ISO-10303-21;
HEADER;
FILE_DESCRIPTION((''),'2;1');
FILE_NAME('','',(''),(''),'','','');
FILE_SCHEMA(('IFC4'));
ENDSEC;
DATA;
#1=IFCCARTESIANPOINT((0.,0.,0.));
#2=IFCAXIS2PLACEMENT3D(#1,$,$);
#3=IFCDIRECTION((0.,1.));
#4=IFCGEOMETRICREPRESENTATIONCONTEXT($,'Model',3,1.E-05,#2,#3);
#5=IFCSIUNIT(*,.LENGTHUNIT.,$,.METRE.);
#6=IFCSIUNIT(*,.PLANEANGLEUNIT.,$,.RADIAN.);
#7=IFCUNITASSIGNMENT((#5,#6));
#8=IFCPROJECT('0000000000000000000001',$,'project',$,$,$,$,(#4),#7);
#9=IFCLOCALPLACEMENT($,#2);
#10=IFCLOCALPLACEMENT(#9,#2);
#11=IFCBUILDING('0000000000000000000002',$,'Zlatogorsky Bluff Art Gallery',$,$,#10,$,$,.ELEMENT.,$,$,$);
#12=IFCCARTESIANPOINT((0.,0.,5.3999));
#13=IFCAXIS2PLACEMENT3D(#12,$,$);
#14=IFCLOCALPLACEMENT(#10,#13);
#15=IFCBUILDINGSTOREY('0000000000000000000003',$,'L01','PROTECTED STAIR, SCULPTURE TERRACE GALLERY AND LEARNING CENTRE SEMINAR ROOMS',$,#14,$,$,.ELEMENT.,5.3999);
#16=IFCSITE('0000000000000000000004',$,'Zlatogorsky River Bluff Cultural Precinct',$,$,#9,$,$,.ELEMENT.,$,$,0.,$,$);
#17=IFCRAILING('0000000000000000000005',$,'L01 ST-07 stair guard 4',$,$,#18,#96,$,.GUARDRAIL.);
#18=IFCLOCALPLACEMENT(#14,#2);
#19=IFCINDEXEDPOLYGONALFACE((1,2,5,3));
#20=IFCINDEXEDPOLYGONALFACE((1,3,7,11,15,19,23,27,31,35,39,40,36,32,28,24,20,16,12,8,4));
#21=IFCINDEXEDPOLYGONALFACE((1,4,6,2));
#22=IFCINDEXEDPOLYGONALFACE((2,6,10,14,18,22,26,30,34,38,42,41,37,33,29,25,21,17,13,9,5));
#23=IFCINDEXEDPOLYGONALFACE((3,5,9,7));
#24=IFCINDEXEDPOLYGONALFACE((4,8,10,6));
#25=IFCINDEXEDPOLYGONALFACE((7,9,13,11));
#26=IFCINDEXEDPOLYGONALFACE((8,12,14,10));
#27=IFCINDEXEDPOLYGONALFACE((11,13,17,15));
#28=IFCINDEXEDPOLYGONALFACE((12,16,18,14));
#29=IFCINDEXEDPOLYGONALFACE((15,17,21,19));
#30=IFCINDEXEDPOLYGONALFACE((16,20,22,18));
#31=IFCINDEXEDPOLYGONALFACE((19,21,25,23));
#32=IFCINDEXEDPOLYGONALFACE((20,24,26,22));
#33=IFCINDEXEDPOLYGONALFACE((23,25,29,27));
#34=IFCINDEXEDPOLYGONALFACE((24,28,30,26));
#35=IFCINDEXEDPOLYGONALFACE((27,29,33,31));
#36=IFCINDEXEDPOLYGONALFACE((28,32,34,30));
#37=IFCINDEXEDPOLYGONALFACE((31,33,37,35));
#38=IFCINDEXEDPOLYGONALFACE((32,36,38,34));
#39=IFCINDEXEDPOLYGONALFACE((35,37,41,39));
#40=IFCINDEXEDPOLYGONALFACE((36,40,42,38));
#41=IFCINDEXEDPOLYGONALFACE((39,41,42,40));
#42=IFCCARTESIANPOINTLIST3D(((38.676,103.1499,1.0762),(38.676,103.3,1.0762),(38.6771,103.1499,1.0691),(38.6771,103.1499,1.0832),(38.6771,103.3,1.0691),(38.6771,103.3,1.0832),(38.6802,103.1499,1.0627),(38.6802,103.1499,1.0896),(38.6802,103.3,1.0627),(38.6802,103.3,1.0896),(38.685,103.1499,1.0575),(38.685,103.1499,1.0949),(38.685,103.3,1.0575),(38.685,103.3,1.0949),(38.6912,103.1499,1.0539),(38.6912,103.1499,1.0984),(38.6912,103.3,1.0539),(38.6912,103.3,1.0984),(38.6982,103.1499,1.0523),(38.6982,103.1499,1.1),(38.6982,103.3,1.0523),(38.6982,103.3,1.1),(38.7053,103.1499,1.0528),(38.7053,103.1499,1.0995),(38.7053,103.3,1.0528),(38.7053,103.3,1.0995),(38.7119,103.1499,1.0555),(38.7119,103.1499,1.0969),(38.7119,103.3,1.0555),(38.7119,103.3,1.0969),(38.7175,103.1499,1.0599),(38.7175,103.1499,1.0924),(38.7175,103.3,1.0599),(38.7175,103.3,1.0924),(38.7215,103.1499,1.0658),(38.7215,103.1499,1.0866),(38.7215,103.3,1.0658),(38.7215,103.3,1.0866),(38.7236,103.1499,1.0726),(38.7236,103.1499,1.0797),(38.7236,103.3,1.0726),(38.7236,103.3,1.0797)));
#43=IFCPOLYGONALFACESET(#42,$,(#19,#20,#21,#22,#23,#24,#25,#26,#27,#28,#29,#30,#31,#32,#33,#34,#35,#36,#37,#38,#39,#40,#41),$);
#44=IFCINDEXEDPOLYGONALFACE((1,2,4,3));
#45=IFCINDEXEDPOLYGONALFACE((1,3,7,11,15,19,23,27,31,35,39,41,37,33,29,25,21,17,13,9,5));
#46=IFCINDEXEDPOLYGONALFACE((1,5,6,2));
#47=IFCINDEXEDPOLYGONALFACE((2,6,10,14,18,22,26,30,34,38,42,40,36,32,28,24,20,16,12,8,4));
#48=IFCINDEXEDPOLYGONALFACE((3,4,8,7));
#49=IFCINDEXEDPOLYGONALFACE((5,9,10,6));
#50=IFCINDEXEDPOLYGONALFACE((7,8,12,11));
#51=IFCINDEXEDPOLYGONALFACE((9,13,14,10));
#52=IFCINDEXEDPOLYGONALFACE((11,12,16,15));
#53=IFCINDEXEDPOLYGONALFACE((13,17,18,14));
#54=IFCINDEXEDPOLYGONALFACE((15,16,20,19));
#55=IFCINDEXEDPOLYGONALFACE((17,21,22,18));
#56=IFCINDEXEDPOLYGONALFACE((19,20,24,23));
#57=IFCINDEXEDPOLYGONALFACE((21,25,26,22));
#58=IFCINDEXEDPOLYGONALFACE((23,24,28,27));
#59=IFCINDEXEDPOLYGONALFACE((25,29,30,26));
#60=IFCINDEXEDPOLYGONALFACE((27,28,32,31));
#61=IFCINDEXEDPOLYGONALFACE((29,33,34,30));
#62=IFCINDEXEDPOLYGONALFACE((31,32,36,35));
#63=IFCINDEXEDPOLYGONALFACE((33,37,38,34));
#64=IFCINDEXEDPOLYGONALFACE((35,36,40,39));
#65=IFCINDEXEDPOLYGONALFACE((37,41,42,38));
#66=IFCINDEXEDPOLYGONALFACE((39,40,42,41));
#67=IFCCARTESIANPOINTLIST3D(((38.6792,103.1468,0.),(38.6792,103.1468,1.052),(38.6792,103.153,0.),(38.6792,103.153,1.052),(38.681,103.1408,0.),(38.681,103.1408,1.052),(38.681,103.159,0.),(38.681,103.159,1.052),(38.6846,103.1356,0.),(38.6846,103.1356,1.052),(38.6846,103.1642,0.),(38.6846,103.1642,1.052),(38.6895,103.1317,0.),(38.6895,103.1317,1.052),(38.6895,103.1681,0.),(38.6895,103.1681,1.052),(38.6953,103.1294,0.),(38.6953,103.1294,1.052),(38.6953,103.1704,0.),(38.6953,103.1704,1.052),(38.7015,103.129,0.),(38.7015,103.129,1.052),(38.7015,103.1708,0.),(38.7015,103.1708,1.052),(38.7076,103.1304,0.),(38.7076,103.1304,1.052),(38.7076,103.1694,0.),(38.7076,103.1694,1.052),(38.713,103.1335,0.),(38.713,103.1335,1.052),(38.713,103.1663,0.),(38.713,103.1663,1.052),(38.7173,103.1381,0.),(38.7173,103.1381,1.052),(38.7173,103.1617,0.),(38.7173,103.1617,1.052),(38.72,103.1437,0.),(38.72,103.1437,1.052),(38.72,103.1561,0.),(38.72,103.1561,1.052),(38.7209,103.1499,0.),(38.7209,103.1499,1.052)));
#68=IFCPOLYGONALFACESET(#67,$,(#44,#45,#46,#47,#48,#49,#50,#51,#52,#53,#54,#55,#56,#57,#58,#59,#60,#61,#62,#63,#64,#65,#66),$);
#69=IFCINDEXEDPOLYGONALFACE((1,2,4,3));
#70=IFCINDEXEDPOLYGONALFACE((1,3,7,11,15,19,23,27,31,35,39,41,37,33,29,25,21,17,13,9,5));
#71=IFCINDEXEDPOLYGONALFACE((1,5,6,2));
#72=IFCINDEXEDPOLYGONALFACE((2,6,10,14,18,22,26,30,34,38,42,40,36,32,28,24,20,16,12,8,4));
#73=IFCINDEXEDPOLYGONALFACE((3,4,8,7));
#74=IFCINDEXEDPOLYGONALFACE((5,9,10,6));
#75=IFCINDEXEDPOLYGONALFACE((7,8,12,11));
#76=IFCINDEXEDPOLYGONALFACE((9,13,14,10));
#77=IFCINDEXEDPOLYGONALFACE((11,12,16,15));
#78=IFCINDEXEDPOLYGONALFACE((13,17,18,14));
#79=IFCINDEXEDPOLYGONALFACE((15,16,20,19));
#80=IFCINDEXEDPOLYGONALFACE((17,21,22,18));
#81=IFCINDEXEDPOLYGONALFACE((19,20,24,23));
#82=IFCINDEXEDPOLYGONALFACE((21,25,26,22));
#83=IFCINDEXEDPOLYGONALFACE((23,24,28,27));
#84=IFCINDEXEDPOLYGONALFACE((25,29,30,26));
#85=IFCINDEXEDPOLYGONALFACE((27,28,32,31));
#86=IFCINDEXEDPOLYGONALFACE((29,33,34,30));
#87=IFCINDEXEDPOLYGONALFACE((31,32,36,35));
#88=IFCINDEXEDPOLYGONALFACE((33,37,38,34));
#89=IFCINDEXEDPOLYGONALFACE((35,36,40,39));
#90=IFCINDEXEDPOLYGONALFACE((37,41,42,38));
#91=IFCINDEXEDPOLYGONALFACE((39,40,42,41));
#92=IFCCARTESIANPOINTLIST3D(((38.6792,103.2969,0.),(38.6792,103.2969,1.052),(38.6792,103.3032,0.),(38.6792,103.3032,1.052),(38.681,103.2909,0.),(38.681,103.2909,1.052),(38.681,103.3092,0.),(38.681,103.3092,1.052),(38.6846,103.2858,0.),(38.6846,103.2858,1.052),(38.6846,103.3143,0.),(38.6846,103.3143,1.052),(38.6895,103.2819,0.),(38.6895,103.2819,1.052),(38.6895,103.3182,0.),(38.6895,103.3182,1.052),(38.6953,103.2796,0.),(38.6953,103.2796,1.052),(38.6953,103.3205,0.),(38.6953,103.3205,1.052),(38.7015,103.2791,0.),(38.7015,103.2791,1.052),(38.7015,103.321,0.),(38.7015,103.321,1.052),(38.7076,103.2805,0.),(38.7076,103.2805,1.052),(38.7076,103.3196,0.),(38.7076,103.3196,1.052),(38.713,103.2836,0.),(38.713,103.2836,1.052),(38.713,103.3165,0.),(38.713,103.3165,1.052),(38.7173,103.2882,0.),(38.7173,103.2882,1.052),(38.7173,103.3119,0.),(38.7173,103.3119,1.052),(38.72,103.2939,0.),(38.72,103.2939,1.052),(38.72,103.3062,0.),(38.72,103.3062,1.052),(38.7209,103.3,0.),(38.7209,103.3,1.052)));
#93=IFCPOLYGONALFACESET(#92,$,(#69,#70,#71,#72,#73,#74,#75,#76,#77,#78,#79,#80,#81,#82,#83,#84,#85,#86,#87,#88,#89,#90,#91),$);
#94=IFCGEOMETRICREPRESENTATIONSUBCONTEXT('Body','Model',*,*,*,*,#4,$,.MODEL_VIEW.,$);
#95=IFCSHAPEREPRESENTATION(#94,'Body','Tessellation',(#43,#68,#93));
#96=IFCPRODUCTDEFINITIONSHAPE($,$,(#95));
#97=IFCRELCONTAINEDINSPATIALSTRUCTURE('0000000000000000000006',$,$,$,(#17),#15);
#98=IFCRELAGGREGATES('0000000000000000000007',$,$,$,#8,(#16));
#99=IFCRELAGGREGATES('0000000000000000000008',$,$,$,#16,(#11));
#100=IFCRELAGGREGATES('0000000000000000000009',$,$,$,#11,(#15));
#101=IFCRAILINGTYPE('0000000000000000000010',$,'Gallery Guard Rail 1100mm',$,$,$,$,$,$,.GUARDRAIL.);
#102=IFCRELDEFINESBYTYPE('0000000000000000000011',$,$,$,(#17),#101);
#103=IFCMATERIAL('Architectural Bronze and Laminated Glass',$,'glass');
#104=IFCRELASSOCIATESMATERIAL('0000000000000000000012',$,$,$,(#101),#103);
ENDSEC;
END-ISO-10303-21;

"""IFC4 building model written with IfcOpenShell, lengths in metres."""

from ifc_helpers import new_model, si_unit, direction, frame, origin, origin_2d, place, context, subcontext, project, spatial, circle, extrude, material, type_object, element, save


model = new_model("IFC4")

# Units and contexts
model_context = context("Model", 3, precision=1e-05, world=origin(), true_north=direction((0.0, 1.0)))
body_context = subcontext(model_context, "Body", "Model", "MODEL_VIEW")
ifc_project = project(units=[si_unit("LENGTHUNIT", "METRE"), si_unit("PLANEANGLEUNIT", "RADIAN")], contexts=[model_context])

# Site, building, storey
site_placement = place(None, origin())
site = spatial("IfcSite", under=ifc_project, at=site_placement, Name="Zlatogorsky River Bluff Cultural Precinct", CompositionType="ELEMENT", RefElevation=0.0)
building_placement = place(site_placement, origin())
building = spatial("IfcBuilding", under=site, at=building_placement, Name="Zlatogorsky Bluff Art Gallery", CompositionType="ELEMENT")
storey_placement = place(building_placement, frame((0.0, 0.0, 5.3999)))
storey = spatial("IfcBuildingStorey", under=building, at=storey_placement, Name="L01", Description="PROTECTED STAIR, SCULPTURE TERRACE GALLERY AND LEARNING CENTRE SEMINAR ROOMS", CompositionType="ELEMENT", Elevation=5.3999)

# Railing
ifc_material_1 = material(Name="Architectural Bronze and Laminated Glass", Category="glass")
railing_type_1 = type_object("IfcRailingType", Name="Gallery Guard Rail 1100mm", PredefinedType="GUARDRAIL", material=ifc_material_1)
railing_1_placement = place(storey_placement, frame((38.7, 103.1499, 0.0)))
element("IfcRailing", 1, at=railing_1_placement, inside=storey, type_object=railing_type_1, Name="L01 ST-07 stair guard 4", PredefinedType="GUARDRAIL", context=body_context, shape_type="SweptSolid", body=[
    extrude(circle(Radius=0.0239, at=origin_2d()), frame((0.0, 0.0, 1.0762), z_axis=(0.0, 1.0, 0.0), x_axis=(-1.0, 0.0, 0.0)), (0.0, 0.0, 1.0), 0.1501),
    extrude(circle(Radius=0.021, at=origin_2d()), origin(), (0.0, 0.0, 1.0), 1.052),
    extrude(circle(Radius=0.021, at=origin_2d()), frame((0.0, 0.1501, 0.0)), (0.0, 0.0, 1.0), 1.052),
])

save(model, "model.ifc")
